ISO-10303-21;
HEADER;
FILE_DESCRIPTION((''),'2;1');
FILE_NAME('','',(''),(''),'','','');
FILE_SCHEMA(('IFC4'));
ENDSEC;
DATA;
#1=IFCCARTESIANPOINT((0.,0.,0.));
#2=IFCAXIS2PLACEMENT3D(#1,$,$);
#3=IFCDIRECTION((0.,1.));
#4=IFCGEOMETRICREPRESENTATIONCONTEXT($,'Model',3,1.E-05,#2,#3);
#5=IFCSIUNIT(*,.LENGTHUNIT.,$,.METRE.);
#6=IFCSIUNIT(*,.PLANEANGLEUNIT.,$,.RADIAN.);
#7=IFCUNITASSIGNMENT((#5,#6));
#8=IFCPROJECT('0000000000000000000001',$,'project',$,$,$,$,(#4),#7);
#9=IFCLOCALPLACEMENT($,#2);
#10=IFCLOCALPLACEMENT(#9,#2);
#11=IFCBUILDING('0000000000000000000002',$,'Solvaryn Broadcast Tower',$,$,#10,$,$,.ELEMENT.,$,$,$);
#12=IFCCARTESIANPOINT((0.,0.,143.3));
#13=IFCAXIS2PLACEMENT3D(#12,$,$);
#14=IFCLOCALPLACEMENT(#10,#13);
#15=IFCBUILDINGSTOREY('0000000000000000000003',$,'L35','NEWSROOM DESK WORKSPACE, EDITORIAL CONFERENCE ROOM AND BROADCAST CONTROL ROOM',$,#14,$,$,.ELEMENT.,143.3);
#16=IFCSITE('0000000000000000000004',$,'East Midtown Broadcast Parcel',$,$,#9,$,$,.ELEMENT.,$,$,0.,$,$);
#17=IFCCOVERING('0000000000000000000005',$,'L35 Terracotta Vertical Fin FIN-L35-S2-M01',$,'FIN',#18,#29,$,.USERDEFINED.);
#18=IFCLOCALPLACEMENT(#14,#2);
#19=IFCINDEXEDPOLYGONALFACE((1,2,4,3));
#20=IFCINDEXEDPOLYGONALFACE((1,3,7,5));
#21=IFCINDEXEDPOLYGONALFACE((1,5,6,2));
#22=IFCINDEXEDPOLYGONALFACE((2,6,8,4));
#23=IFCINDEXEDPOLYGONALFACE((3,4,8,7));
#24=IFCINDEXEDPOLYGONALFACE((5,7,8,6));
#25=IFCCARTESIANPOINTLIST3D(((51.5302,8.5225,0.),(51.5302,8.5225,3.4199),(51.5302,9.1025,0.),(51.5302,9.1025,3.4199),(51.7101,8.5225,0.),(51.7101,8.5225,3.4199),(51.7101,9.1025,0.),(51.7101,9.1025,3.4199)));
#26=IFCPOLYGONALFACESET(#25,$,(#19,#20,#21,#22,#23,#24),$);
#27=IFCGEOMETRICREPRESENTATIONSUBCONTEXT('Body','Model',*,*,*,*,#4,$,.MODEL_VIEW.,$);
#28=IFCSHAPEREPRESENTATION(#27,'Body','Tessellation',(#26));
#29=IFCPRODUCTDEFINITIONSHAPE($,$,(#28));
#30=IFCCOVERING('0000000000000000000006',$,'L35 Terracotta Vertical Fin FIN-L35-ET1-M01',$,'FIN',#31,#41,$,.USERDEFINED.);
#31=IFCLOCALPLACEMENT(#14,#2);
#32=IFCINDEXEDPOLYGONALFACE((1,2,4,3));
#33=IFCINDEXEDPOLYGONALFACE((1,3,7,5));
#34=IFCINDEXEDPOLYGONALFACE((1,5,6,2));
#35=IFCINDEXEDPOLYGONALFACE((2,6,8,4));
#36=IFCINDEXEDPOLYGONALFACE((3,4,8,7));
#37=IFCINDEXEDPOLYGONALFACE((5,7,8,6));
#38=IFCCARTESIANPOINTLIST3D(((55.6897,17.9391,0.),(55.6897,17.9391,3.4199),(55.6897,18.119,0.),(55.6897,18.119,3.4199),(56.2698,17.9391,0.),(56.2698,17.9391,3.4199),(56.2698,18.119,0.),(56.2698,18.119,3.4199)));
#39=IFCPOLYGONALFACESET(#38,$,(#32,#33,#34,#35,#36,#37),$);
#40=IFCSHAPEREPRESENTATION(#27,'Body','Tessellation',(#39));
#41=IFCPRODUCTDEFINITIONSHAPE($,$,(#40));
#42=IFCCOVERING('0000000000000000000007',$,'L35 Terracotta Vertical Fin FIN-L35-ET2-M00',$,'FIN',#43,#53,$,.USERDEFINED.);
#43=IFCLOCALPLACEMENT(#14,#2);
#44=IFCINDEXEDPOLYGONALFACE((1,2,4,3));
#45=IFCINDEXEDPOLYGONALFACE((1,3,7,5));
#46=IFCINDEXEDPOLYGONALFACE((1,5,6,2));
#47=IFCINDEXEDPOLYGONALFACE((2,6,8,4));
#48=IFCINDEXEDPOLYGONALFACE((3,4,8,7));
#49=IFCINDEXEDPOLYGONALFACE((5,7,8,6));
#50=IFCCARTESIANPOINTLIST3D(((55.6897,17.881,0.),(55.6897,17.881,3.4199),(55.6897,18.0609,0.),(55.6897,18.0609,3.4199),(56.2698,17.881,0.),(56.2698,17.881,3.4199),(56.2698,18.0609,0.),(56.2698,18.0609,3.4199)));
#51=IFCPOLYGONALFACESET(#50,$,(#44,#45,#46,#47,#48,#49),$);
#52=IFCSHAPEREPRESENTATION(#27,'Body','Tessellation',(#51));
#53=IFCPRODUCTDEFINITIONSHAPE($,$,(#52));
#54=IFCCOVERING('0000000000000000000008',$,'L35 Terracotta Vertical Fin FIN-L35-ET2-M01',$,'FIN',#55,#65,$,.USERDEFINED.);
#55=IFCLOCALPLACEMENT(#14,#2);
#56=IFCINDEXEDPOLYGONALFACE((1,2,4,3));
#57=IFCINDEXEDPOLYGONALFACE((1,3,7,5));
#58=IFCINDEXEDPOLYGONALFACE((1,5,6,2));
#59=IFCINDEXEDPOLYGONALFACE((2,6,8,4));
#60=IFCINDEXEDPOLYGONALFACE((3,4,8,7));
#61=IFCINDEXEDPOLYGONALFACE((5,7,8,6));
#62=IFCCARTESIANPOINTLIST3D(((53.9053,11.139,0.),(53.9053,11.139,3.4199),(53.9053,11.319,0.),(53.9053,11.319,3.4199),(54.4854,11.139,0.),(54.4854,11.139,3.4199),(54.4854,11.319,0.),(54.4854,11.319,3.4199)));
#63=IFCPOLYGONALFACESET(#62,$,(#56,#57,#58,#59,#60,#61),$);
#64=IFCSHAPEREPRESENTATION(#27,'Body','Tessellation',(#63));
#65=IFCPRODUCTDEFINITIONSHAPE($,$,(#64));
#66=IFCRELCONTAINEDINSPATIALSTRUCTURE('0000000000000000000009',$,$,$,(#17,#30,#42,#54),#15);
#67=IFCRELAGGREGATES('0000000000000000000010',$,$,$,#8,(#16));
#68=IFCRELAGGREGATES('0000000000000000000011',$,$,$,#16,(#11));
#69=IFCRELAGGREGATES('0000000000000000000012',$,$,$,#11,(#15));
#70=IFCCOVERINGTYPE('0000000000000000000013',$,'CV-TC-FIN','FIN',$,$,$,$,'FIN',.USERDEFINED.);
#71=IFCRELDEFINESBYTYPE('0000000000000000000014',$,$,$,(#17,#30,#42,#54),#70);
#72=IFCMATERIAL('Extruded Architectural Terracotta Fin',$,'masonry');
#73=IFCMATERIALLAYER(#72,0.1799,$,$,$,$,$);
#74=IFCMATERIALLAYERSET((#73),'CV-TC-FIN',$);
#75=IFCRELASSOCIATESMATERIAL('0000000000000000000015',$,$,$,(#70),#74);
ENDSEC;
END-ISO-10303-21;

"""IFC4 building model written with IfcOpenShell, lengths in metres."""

from ifc_helpers import new_model, si_unit, direction, frame, origin, origin_2d, place, context, subcontext, project, spatial, rectangle, extrude, material, layer, layer_set, type_object, element, save


model = new_model("IFC4")

# Units and contexts
model_context = context("Model", 3, precision=1e-05, world=origin(), true_north=direction((0.0, 1.0)))
body_context = subcontext(model_context, "Body", "Model", "MODEL_VIEW")
ifc_project = project(units=[si_unit("LENGTHUNIT", "METRE"), si_unit("PLANEANGLEUNIT", "RADIAN")], contexts=[model_context])

# Site, building, storey
site_placement = place(None, origin())
site = spatial("IfcSite", under=ifc_project, at=site_placement, Name="East Midtown Broadcast Parcel", CompositionType="ELEMENT", RefElevation=0.0)
building_placement = place(site_placement, origin())
building = spatial("IfcBuilding", under=site, at=building_placement, Name="Solvaryn Broadcast Tower", CompositionType="ELEMENT")
storey_placement = place(building_placement, frame((0.0, 0.0, 143.3)))
storey = spatial("IfcBuildingStorey", under=building, at=storey_placement, Name="L35", Description="NEWSROOM DESK WORKSPACE, EDITORIAL CONFERENCE ROOM AND BROADCAST CONTROL ROOM", CompositionType="ELEMENT", Elevation=143.3)

# Coverings
ifc_material_1 = material(Name="Extruded Architectural Terracotta Fin", Category="masonry")
ifc_layer_1 = layer(ifc_material_1, 0.1799)
ifc_layer_set_1 = layer_set([ifc_layer_1], Name="CV-TC-FIN")
covering_type_1 = type_object("IfcCoveringType", Name="CV-TC-FIN", Description="FIN", ElementType="FIN", PredefinedType="USERDEFINED", material=ifc_layer_set_1)
covering_1_placement = place(storey_placement, frame((51.6201, 8.8125, 0.0), z_axis=(0.0, 0.0, 1.0), x_axis=(1.0, 0.0, 0.0)))
element("IfcCovering", 1, at=covering_1_placement, inside=storey, type_object=covering_type_1, Name="L35 Terracotta Vertical Fin FIN-L35-S2-M01", ObjectType="FIN", PredefinedType="USERDEFINED", context=body_context, shape_type="SweptSolid", body=[
    extrude(rectangle(XDim=0.1799, YDim=0.5801, at=origin_2d()), origin(), (0.0, 0.0, 1.0), 3.4199),
])
for number, where, z_axis, x_axis, name in (
    (2, (55.9797, 18.0291, 0.0), (0.0, 0.0, 1.0), (1.0, 0.0, 0.0), "L35 Terracotta Vertical Fin FIN-L35-ET1-M01"),
    (3, (55.9797, 17.9709, 0.0), (0.0, 0.0, 1.0), (1.0, 0.0, 0.0), "L35 Terracotta Vertical Fin FIN-L35-ET2-M00"),
    (4, (54.1953, 11.229, 0.0), (0.0, 0.0, 1.0), (1.0, 0.0, 0.0), "L35 Terracotta Vertical Fin FIN-L35-ET2-M01"),
):
    element("IfcCovering", number, at=place(storey_placement, frame(where, z_axis=z_axis, x_axis=x_axis)), inside=storey, type_object=covering_type_1, Name=name, ObjectType="FIN", PredefinedType="USERDEFINED", context=body_context, shape_type="SweptSolid", body=[
        extrude(rectangle(XDim=0.5801, YDim=0.1799, at=origin_2d()), origin(), (0.0, 0.0, 1.0), 3.4199),
    ])

save(model, "model.ifc")
